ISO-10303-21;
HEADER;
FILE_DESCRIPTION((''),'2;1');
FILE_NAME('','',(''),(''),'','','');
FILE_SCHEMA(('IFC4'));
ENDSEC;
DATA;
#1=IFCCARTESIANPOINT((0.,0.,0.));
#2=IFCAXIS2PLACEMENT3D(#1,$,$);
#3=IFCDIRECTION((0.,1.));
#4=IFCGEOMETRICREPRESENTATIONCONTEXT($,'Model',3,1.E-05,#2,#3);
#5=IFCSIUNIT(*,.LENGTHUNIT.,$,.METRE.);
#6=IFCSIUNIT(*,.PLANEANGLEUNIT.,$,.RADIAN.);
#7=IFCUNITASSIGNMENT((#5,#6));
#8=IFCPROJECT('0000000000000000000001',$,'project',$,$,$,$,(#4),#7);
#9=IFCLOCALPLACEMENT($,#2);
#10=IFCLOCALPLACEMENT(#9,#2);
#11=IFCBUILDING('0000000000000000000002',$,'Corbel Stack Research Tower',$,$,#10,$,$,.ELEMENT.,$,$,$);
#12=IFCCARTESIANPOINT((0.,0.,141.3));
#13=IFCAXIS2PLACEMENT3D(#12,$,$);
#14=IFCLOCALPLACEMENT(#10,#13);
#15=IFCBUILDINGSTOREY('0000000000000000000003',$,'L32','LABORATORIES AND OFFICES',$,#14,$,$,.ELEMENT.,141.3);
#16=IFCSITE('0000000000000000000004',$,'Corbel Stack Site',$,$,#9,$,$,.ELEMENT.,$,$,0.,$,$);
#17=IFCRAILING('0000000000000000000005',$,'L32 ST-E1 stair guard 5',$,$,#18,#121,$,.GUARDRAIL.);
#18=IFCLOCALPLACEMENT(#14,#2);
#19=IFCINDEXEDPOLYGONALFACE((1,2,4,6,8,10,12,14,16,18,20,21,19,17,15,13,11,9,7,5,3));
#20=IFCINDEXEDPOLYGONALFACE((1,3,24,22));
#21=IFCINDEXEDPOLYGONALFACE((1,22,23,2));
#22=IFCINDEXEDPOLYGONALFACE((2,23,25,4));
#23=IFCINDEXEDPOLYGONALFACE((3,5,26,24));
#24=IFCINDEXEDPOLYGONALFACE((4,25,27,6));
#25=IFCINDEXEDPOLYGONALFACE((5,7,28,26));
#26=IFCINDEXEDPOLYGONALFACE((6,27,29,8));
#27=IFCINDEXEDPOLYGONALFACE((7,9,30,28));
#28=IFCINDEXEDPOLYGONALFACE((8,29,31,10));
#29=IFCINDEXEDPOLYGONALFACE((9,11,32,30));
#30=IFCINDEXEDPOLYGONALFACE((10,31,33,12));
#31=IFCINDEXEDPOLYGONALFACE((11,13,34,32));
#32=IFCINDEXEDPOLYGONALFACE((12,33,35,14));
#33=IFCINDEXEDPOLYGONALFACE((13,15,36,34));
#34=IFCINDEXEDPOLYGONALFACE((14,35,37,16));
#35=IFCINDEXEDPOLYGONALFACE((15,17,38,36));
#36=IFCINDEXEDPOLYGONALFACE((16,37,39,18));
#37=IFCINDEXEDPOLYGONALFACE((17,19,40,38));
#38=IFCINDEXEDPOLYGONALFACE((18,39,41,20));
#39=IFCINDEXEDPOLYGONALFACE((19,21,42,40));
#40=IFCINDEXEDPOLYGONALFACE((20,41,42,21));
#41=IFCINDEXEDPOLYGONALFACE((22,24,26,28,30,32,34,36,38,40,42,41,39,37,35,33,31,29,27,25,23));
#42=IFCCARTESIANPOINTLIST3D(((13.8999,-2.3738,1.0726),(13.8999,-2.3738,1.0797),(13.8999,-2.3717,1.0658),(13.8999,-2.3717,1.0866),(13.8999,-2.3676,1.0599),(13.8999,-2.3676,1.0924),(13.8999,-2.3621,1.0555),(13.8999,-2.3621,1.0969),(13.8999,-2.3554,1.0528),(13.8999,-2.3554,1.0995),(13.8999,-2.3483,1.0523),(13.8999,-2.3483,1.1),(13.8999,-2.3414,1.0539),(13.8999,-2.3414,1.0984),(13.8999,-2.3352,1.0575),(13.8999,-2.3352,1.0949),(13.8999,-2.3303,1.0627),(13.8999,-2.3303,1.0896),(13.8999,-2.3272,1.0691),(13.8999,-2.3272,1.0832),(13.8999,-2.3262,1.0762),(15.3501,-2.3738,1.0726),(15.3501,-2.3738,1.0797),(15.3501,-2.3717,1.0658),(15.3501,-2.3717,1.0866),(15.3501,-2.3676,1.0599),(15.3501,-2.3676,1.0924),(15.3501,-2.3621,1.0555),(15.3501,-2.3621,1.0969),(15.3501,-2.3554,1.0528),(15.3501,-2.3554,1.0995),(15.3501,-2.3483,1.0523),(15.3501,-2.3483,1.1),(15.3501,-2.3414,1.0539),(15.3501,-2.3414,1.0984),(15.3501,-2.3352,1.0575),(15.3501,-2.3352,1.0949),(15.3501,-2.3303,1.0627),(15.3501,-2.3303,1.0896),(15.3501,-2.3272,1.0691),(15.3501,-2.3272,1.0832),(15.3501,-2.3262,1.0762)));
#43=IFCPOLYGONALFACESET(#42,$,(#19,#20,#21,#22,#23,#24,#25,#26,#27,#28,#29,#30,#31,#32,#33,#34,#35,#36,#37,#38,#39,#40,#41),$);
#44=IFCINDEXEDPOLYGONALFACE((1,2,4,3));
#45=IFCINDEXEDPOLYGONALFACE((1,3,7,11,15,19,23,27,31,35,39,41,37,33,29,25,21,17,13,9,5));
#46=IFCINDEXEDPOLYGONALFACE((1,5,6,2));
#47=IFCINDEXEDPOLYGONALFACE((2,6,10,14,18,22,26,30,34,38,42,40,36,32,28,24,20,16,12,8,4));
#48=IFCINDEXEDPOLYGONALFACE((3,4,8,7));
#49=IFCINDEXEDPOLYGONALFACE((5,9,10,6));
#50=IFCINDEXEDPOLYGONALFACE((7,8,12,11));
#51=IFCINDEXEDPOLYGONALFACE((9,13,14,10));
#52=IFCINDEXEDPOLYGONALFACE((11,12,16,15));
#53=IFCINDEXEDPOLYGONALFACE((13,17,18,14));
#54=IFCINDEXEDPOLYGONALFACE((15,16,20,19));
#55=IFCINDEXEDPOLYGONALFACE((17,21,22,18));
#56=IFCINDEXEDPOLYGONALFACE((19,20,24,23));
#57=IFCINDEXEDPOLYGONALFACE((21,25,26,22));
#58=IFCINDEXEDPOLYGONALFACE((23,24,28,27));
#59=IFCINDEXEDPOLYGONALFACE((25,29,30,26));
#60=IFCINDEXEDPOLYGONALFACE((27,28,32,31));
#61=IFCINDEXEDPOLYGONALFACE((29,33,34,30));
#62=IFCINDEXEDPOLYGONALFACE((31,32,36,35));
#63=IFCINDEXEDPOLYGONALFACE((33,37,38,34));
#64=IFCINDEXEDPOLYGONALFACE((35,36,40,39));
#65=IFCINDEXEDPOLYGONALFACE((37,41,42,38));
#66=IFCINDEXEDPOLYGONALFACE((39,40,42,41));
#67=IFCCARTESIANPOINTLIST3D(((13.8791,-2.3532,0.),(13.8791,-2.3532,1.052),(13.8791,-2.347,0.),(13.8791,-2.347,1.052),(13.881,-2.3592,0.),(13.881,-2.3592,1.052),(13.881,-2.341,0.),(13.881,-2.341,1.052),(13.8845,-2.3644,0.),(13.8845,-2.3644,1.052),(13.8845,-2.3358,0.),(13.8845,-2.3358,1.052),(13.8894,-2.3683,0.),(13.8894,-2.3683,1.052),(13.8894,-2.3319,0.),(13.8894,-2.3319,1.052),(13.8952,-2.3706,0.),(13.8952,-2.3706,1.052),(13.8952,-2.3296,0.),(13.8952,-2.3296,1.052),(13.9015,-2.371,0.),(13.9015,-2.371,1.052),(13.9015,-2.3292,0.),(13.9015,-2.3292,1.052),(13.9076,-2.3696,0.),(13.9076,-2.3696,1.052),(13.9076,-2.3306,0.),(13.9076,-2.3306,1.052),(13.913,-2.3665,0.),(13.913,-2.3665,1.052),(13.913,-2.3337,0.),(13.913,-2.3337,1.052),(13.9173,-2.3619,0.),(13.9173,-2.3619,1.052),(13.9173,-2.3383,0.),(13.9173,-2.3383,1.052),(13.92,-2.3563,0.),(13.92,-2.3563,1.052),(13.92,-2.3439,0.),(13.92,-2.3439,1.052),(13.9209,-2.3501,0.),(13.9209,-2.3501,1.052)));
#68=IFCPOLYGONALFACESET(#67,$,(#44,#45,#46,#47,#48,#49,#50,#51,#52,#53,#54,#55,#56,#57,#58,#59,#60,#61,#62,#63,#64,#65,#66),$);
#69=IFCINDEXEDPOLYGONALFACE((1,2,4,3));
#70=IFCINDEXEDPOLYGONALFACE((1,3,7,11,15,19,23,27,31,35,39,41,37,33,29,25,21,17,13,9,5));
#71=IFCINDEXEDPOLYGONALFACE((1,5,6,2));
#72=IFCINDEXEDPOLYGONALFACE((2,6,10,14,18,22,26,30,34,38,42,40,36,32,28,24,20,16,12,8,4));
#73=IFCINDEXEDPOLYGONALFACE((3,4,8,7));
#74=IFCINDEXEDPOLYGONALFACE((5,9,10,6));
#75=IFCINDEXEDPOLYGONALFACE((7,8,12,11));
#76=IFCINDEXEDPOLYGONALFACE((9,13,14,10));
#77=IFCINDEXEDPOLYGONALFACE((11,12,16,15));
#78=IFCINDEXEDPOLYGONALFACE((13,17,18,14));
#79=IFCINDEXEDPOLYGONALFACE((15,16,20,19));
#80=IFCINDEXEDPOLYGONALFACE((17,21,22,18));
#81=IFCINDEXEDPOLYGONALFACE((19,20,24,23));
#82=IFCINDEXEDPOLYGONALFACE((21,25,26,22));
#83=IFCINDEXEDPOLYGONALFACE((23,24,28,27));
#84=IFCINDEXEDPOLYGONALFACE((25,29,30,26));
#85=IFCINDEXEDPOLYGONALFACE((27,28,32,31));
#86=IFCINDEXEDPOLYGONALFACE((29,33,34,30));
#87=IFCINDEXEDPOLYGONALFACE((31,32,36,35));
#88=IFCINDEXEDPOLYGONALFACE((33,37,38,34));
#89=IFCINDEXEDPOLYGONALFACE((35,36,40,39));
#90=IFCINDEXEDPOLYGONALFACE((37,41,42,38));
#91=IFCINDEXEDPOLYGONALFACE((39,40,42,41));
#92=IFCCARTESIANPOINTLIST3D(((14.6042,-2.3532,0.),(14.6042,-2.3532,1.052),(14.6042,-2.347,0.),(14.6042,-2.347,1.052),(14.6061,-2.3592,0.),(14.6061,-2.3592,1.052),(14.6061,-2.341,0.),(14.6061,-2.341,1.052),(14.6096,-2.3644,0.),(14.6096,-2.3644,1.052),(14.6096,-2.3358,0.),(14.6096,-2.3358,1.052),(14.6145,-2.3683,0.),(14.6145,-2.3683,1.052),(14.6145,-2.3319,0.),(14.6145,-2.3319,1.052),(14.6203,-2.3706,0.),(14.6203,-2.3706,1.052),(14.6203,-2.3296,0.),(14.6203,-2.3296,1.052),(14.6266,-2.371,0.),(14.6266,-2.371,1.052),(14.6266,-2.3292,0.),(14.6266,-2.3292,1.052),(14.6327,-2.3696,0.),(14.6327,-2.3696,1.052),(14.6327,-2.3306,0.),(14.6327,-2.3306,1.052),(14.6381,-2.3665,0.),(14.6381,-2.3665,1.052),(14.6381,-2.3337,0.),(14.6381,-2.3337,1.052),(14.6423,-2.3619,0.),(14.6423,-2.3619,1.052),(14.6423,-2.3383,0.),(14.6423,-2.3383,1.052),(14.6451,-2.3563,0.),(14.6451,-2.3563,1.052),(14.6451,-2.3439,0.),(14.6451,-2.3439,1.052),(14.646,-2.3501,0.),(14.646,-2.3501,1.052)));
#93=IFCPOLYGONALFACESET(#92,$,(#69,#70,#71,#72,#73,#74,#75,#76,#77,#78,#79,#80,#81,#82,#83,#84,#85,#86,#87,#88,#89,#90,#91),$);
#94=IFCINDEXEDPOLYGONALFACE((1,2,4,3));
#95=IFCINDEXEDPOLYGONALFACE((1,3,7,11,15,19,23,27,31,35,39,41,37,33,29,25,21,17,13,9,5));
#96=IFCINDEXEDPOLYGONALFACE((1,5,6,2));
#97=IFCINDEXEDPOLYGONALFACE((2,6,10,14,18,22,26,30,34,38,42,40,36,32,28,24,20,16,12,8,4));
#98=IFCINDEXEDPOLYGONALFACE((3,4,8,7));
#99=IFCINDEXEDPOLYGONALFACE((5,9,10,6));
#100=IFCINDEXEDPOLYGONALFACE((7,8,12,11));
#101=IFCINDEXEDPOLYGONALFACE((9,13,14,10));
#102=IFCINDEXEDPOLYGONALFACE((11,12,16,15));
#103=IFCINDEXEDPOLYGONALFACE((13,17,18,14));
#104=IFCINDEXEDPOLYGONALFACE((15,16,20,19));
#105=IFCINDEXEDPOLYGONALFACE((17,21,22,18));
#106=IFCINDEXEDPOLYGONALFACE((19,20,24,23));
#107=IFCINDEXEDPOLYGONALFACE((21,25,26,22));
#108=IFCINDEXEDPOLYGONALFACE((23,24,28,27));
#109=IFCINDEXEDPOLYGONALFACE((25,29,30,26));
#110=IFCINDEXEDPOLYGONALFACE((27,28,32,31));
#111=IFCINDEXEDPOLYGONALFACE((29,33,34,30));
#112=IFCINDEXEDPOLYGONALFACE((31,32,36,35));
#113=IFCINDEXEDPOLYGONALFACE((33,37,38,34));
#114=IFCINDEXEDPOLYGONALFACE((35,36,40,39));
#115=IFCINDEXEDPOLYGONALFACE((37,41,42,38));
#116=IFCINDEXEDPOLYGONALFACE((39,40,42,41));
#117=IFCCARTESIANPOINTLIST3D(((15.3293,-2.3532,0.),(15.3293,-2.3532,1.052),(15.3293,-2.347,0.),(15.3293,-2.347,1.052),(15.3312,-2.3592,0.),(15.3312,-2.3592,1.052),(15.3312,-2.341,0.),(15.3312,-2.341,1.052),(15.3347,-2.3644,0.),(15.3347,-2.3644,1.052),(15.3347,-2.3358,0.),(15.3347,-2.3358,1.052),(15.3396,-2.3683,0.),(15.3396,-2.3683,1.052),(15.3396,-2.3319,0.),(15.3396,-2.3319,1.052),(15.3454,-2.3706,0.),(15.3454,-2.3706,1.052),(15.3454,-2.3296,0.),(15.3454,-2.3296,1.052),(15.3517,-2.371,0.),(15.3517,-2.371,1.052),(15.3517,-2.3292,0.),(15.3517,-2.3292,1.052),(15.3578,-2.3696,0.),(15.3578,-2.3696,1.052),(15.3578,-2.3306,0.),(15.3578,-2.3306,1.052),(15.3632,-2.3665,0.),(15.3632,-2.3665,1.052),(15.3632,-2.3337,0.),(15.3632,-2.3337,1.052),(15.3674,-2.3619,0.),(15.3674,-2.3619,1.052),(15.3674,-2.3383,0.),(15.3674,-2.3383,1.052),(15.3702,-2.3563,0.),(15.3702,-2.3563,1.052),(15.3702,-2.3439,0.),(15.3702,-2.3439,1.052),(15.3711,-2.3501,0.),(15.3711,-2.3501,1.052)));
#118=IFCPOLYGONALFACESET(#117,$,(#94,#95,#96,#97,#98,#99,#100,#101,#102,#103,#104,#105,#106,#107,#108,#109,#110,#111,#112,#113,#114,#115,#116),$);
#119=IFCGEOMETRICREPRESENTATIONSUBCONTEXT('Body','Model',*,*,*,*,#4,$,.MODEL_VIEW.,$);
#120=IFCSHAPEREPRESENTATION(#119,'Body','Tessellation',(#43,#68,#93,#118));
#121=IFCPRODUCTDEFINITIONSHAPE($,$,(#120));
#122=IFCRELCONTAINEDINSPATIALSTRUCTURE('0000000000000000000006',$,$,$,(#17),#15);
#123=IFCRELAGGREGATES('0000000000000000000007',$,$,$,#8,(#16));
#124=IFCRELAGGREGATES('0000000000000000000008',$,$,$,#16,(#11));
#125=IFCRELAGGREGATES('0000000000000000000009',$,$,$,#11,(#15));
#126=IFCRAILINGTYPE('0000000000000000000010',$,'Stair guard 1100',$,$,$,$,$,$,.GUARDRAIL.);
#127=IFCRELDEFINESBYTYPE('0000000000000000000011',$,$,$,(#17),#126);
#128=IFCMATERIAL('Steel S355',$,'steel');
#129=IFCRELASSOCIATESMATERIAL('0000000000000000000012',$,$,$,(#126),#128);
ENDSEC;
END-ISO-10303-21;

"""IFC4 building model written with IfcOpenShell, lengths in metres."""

from ifc_helpers import new_model, si_unit, direction, frame, origin, origin_2d, place, context, subcontext, project, spatial, circle, extrude, material, type_object, element, save


model = new_model("IFC4")

# Units and contexts
model_context = context("Model", 3, precision=1e-05, world=origin(), true_north=direction((0.0, 1.0)))
body_context = subcontext(model_context, "Body", "Model", "MODEL_VIEW")
ifc_project = project(units=[si_unit("LENGTHUNIT", "METRE"), si_unit("PLANEANGLEUNIT", "RADIAN")], contexts=[model_context])

# Site, building, storey
site_placement = place(None, origin())
site = spatial("IfcSite", under=ifc_project, at=site_placement, Name="Corbel Stack Site", CompositionType="ELEMENT", RefElevation=0.0)
building_placement = place(site_placement, origin())
building = spatial("IfcBuilding", under=site, at=building_placement, Name="Corbel Stack Research Tower", CompositionType="ELEMENT")
storey_placement = place(building_placement, frame((0.0, 0.0, 141.3)))
storey = spatial("IfcBuildingStorey", under=building, at=storey_placement, Name="L32", Description="LABORATORIES AND OFFICES", CompositionType="ELEMENT", Elevation=141.3)

# Railing
ifc_material_1 = material(Name="Steel S355", Category="steel")
railing_type_1 = type_object("IfcRailingType", Name="Stair guard 1100", PredefinedType="GUARDRAIL", material=ifc_material_1)
railing_1_placement = place(storey_placement, frame((13.8999, -2.3501, 0.0)))
element("IfcRailing", 1, at=railing_1_placement, inside=storey, type_object=railing_type_1, Name="L32 ST-E1 stair guard 5", PredefinedType="GUARDRAIL", context=body_context, shape_type="SweptSolid", body=[
    extrude(circle(Radius=0.0239, at=origin_2d()), frame((0.0, 0.0, 1.0762), z_axis=(1.0, 0.0, 0.0), x_axis=(0.0, 1.0, 0.0)), (0.0, 0.0, 1.0), 1.4502),
    extrude(circle(Radius=0.021, at=origin_2d()), origin(), (0.0, 0.0, 1.0), 1.052),
    extrude(circle(Radius=0.021, at=origin_2d()), frame((0.7251, 0.0, 0.0)), (0.0, 0.0, 1.0), 1.052),
    extrude(circle(Radius=0.021, at=origin_2d()), frame((1.4502, 0.0, 0.0)), (0.0, 0.0, 1.0), 1.052),
])

save(model, "model.ifc")
